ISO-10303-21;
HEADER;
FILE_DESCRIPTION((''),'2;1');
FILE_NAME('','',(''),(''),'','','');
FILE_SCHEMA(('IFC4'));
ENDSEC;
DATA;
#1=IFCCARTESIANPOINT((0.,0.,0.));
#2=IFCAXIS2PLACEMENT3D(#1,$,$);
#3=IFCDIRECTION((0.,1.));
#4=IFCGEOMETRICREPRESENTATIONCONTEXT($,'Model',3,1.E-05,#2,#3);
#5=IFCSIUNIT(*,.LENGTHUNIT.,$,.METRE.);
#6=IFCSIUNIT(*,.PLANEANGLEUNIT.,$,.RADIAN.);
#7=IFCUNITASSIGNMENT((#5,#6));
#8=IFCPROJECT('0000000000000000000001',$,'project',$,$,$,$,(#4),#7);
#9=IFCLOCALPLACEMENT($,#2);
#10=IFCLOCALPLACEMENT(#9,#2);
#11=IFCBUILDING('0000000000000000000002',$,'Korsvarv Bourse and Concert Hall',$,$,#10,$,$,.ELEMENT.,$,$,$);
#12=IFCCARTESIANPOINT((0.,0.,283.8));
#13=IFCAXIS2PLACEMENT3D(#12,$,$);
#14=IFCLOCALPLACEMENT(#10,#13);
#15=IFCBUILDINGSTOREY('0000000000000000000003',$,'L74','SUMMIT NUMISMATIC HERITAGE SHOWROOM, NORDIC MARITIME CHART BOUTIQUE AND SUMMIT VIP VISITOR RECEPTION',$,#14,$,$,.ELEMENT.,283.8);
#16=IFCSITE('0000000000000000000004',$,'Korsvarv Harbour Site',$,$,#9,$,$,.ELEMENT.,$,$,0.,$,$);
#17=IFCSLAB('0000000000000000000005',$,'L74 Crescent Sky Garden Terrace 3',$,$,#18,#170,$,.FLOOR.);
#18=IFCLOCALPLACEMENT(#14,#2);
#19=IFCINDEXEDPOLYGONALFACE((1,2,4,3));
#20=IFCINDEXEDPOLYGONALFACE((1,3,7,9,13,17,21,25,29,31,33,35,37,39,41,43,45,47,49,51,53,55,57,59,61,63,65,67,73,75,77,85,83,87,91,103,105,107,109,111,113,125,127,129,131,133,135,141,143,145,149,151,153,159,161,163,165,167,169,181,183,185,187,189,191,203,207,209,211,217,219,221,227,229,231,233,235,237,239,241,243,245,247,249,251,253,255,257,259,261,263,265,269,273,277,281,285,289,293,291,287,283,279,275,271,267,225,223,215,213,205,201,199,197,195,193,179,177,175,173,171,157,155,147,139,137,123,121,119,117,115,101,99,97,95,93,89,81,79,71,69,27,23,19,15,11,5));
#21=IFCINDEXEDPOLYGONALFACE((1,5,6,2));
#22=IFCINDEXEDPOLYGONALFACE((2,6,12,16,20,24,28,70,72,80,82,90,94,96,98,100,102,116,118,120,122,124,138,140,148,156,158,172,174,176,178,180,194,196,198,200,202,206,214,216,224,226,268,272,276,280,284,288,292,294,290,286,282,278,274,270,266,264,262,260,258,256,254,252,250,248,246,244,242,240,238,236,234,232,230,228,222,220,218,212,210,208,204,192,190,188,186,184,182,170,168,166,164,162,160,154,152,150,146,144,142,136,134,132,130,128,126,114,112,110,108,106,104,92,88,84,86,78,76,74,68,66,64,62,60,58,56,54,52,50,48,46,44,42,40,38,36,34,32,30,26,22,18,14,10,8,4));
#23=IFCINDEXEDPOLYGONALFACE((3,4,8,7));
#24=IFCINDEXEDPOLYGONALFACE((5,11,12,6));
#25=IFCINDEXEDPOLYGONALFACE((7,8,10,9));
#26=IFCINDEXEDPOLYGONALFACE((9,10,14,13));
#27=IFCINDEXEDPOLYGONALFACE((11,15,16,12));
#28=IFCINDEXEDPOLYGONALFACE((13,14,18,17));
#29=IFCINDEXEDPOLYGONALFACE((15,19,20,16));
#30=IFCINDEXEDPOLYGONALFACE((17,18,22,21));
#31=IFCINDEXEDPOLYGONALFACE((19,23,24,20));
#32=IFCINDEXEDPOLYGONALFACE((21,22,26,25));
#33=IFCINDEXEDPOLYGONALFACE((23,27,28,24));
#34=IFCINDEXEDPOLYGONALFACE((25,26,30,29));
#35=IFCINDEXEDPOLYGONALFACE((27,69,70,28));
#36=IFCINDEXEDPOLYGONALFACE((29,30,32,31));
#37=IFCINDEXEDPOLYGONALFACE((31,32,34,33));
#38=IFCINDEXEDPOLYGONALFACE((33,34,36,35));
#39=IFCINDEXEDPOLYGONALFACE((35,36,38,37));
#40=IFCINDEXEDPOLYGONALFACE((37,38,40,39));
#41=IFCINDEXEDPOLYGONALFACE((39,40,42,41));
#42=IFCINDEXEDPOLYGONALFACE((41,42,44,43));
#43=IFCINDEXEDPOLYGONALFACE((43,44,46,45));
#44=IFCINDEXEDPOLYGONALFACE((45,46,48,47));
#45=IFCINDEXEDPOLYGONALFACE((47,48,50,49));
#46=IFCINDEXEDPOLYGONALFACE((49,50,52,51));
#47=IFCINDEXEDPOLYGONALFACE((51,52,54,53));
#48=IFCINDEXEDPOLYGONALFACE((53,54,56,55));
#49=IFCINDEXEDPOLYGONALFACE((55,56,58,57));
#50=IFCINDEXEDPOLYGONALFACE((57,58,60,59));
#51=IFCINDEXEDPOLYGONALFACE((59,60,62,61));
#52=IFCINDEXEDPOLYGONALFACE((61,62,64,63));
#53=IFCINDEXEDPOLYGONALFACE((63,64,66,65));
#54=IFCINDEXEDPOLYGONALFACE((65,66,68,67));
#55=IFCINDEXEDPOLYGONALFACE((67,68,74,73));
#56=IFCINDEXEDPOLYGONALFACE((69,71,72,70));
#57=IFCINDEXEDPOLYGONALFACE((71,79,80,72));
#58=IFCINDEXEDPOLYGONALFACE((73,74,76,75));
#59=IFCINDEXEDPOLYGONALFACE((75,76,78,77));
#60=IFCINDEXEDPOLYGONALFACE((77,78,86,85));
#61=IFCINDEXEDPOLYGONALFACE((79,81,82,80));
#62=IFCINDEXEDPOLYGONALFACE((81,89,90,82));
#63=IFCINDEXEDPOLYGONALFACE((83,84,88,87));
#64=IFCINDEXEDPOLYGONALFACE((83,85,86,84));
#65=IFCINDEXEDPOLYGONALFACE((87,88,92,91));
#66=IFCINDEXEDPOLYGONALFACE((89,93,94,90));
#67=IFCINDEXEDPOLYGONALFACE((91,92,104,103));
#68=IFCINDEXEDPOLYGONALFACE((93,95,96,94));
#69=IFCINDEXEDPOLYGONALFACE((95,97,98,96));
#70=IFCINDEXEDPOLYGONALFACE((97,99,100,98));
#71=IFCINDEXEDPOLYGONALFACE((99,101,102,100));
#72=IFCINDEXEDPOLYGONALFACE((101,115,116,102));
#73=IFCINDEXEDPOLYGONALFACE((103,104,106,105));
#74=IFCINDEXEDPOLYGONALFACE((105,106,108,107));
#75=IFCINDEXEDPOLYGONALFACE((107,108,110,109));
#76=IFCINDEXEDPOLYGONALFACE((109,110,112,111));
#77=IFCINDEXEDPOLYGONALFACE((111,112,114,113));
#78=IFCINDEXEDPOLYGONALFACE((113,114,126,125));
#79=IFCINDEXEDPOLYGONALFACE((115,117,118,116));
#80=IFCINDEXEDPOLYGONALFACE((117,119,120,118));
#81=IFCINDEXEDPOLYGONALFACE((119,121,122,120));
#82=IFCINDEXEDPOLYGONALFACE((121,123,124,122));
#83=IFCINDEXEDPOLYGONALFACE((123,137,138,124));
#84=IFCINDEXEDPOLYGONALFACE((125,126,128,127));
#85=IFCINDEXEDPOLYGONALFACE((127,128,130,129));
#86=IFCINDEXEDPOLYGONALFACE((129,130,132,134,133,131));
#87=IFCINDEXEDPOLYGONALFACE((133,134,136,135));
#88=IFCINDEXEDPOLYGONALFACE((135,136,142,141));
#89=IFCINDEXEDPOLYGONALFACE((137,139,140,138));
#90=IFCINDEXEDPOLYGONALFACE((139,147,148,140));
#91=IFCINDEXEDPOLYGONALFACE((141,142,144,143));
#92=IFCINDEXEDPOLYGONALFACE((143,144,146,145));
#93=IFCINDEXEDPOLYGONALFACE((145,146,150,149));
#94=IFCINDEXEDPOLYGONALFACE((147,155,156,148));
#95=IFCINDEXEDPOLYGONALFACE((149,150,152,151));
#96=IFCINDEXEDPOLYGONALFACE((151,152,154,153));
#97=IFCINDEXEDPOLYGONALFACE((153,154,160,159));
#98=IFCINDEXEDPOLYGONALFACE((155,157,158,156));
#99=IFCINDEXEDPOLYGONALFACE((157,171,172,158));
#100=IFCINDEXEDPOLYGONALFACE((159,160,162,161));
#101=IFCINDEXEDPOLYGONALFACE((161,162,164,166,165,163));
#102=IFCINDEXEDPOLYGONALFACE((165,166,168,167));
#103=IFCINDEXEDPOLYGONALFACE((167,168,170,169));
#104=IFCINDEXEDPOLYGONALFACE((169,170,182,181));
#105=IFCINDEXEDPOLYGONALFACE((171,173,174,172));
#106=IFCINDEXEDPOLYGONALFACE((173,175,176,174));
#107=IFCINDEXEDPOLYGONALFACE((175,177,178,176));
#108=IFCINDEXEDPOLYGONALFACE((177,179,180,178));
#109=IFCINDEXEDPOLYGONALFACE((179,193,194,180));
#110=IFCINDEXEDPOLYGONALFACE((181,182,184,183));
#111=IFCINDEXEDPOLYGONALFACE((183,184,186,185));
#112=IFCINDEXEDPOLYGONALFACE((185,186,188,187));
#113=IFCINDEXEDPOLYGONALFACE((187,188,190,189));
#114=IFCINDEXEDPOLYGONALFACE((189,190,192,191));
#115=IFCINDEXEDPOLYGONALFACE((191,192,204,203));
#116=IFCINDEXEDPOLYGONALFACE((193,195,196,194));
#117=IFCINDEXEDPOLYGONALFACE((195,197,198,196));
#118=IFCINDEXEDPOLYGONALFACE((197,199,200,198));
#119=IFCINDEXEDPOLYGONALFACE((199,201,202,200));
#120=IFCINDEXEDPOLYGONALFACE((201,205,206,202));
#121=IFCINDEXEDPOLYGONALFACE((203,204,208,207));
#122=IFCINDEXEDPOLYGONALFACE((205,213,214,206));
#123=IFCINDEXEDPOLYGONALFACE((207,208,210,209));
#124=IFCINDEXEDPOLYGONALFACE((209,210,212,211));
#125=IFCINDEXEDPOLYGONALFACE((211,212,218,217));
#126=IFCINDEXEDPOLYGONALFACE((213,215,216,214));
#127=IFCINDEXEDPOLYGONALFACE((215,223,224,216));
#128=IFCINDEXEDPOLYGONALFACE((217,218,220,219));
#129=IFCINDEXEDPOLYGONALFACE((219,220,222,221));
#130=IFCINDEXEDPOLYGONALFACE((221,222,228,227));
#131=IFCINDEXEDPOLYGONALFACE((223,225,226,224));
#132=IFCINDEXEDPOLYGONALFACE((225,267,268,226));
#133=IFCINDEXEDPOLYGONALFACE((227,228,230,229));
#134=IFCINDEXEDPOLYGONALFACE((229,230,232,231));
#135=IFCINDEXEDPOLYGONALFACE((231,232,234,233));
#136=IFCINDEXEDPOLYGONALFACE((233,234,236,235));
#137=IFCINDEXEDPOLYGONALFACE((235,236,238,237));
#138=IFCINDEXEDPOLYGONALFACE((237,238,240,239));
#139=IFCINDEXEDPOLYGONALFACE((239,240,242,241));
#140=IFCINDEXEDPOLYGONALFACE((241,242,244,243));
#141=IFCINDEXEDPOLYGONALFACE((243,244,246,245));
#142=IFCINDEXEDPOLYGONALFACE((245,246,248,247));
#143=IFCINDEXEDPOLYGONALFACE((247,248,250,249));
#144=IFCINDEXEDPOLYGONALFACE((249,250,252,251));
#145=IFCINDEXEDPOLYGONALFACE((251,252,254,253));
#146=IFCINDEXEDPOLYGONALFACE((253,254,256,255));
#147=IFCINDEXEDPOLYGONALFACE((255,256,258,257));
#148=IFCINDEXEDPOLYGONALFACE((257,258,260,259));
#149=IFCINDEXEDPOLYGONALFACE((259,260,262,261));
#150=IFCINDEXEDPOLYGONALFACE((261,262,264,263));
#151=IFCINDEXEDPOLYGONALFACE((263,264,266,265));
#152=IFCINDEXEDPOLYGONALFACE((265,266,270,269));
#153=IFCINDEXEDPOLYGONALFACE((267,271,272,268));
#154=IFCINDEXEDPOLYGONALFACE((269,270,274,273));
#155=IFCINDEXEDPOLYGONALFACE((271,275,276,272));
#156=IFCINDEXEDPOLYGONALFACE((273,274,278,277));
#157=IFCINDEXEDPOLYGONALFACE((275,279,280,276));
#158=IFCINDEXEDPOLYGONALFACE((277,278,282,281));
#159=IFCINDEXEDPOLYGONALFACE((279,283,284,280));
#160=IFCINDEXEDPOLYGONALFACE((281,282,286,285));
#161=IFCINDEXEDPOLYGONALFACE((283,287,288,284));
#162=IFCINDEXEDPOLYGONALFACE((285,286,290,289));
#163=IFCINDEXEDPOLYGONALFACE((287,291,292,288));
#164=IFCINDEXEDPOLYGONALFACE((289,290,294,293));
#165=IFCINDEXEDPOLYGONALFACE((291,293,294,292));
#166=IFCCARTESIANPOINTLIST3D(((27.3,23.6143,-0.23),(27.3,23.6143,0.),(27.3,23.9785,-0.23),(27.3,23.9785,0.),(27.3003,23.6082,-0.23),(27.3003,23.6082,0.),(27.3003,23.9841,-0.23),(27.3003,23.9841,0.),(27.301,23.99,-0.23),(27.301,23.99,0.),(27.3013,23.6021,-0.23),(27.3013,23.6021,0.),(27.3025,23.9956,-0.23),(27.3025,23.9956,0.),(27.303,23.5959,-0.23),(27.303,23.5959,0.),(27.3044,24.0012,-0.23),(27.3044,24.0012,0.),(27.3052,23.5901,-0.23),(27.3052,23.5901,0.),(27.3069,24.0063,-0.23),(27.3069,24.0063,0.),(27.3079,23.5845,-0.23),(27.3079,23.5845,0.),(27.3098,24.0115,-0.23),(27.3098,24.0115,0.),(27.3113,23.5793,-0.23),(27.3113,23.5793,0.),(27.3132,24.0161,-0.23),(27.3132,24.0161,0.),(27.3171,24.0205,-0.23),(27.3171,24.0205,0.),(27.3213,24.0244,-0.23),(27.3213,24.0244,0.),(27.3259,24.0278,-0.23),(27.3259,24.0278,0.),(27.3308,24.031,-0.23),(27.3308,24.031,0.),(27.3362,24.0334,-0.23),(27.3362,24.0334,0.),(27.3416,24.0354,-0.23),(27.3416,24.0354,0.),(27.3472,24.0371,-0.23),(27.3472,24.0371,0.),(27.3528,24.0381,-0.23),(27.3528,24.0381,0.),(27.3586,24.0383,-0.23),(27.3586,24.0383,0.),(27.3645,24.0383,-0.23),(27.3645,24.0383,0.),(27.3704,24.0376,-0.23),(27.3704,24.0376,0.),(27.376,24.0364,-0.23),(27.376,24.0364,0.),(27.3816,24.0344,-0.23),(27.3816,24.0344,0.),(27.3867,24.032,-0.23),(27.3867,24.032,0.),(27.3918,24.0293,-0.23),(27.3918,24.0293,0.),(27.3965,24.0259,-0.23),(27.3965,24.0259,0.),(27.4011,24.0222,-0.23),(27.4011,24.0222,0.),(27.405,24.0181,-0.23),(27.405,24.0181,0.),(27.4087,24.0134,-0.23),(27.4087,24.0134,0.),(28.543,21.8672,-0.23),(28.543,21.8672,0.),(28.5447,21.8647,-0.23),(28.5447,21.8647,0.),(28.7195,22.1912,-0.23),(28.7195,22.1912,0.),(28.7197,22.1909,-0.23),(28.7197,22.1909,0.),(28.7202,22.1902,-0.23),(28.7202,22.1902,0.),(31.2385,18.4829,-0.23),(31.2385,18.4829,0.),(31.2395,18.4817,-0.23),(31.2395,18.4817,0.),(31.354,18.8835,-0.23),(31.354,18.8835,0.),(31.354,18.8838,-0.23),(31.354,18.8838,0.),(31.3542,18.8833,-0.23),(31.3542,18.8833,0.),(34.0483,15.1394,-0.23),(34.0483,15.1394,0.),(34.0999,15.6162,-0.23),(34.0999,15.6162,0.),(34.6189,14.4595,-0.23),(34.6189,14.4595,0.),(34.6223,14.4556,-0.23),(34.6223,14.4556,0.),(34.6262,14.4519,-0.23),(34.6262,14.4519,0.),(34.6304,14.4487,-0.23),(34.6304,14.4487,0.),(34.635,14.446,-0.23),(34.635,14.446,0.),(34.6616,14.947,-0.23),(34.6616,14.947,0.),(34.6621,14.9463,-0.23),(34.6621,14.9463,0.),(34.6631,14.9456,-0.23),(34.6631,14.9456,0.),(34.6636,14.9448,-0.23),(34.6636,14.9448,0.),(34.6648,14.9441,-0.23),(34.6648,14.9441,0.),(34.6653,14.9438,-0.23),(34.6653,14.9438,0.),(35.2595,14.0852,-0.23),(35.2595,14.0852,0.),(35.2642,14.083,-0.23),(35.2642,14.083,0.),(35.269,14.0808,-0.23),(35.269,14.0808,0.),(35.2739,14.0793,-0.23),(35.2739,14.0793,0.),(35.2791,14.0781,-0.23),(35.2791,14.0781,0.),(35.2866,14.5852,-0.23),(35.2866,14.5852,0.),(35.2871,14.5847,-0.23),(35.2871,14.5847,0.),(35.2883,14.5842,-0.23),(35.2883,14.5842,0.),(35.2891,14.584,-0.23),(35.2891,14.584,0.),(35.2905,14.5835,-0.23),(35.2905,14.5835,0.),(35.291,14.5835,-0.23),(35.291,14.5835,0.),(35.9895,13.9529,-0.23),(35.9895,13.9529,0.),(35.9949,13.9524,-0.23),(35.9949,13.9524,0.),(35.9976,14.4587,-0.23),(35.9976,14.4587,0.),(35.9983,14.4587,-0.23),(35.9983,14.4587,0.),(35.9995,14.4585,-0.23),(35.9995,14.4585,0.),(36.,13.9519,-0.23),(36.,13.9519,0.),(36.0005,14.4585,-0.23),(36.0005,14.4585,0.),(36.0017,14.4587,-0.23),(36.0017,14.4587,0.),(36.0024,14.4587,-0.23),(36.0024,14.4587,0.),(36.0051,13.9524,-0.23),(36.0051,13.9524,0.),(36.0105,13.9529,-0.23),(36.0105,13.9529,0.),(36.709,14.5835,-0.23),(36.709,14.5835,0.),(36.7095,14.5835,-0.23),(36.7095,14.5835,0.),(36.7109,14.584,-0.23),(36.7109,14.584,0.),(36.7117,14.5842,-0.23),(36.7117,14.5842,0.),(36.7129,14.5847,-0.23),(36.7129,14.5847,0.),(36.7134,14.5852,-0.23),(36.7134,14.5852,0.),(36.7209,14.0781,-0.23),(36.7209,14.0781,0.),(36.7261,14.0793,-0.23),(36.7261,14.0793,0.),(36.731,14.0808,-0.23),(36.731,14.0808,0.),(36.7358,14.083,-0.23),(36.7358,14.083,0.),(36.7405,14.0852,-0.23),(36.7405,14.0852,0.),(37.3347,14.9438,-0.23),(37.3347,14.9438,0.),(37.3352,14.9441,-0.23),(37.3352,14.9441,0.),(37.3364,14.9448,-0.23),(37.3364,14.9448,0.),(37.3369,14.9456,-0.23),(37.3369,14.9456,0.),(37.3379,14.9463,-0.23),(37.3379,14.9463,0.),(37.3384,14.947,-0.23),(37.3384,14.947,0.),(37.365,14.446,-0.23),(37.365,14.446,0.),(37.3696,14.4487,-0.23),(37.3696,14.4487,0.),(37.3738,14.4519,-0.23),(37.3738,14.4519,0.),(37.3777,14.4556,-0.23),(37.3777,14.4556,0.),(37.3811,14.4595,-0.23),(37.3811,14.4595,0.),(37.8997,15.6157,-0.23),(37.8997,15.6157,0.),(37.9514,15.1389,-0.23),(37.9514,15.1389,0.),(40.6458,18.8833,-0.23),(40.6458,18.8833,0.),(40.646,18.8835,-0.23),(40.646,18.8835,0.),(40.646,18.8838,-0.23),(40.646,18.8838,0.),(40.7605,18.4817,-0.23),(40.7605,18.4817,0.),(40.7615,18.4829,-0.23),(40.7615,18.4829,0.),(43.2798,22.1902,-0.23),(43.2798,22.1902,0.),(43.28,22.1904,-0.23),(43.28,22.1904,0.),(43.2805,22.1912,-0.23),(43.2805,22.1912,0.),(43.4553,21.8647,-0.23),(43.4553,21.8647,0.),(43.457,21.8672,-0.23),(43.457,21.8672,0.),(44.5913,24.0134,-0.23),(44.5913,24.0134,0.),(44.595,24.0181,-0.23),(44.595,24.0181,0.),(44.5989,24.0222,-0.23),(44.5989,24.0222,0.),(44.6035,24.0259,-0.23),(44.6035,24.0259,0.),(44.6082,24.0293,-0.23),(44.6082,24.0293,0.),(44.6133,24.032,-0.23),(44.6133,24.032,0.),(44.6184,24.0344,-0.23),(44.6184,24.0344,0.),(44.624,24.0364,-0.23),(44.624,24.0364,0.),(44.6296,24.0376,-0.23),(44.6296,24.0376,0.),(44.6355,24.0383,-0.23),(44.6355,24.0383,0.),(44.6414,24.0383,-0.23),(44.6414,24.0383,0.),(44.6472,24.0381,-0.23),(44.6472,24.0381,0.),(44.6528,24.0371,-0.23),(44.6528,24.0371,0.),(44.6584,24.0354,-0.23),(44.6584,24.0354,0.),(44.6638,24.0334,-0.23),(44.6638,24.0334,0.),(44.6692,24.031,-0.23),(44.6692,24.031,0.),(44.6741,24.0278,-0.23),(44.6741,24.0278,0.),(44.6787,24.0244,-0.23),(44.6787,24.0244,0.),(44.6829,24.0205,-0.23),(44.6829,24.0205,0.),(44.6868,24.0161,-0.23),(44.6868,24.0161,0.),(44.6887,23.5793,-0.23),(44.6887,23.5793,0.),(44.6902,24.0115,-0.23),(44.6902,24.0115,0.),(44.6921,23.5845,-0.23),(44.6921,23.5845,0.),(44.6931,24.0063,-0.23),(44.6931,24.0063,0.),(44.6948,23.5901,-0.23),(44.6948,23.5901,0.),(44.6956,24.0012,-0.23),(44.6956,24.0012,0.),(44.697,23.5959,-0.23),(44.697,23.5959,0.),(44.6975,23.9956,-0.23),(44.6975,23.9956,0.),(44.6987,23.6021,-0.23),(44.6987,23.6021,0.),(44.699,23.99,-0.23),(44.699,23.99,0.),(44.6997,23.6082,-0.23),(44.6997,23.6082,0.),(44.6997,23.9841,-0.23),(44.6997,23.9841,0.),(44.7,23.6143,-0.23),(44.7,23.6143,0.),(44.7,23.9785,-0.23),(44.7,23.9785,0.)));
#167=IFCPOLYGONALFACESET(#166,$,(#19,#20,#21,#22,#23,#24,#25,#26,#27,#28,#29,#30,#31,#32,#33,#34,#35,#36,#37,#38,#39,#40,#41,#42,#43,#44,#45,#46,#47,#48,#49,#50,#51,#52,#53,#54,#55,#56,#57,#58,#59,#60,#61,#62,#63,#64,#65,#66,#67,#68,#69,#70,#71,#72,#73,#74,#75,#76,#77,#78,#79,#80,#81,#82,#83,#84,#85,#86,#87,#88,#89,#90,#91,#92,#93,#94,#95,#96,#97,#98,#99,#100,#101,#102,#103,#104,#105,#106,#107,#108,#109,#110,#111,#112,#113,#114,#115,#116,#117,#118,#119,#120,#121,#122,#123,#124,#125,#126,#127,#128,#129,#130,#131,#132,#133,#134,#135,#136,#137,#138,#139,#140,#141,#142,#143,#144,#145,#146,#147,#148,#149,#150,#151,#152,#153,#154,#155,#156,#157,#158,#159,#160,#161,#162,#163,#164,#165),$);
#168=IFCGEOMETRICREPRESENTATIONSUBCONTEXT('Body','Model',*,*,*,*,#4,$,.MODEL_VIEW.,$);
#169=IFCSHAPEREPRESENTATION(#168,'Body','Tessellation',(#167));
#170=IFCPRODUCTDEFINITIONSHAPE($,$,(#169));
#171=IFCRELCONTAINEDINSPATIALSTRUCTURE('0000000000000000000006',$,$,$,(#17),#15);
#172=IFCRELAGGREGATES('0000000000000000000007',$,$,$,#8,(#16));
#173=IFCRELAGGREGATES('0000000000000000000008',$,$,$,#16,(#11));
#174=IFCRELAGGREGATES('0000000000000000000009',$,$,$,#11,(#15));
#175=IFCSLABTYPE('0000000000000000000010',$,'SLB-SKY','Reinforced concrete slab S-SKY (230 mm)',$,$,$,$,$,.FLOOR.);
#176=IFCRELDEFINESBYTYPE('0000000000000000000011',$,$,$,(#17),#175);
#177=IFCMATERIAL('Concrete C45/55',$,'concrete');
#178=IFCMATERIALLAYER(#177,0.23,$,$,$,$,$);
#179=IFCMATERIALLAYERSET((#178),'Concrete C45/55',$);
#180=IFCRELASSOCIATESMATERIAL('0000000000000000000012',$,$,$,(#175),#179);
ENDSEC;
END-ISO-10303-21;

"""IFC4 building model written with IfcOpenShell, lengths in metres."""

from ifc_helpers import new_model, si_unit, direction, frame, origin, place, context, subcontext, project, spatial, polyline, outline, extrude, material, layer, layer_set, type_object, element, save


model = new_model("IFC4")

# Units and contexts
model_context = context("Model", 3, precision=1e-05, world=origin(), true_north=direction((0.0, 1.0)))
body_context = subcontext(model_context, "Body", "Model", "MODEL_VIEW")
ifc_project = project(units=[si_unit("LENGTHUNIT", "METRE"), si_unit("PLANEANGLEUNIT", "RADIAN")], contexts=[model_context])

# Site, building, storey
site_placement = place(None, origin())
site = spatial("IfcSite", under=ifc_project, at=site_placement, Name="Korsvarv Harbour Site", CompositionType="ELEMENT", RefElevation=0.0)
building_placement = place(site_placement, origin())
building = spatial("IfcBuilding", under=site, at=building_placement, Name="Korsvarv Bourse and Concert Hall", CompositionType="ELEMENT")
storey_placement = place(building_placement, frame((0.0, 0.0, 283.8)))
storey = spatial("IfcBuildingStorey", under=building, at=storey_placement, Name="L74", Description="SUMMIT NUMISMATIC HERITAGE SHOWROOM, NORDIC MARITIME CHART BOUTIQUE AND SUMMIT VIP VISITOR RECEPTION", CompositionType="ELEMENT", Elevation=283.8)

# Slab
ifc_material_1 = material(Name="Concrete C45/55", Category="concrete")
ifc_layer_1 = layer(ifc_material_1, 0.23)
ifc_layer_set_1 = layer_set([ifc_layer_1], Name="Concrete C45/55")
slab_type_1 = type_object("IfcSlabType", Name="SLB-SKY", Description="Reinforced concrete slab S-SKY (230 mm)", PredefinedType="FLOOR", material=ifc_layer_set_1)
slab_1_placement = place(storey_placement, frame((0.0, 0.0, -0.23)))
element("IfcSlab", 1, at=slab_1_placement, inside=storey, type_object=slab_type_1, Name="L74 Crescent Sky Garden Terrace 3", PredefinedType="FLOOR", context=body_context, shape_type="SweptSolid", body=[
    extrude(outline(polyline([(34.6636, 14.9448), (34.6648, 14.9441), (34.6653, 14.9438), (35.2866, 14.5852), (35.2871, 14.5847), (35.2883, 14.5842), (35.2891, 14.584), (35.2905, 14.5835), (35.291, 14.5835), (35.9976, 14.4587), (35.9983, 14.4587), (35.9995, 14.4585), (36.0005, 14.4585), (36.0017, 14.4587), (36.0024, 14.4587), (36.709, 14.5835), (36.7095, 14.5835), (36.7109, 14.584), (36.7117, 14.5842), (36.7129, 14.5847), (36.7134, 14.5852), (37.3347, 14.9438), (37.3352, 14.9441), (37.3364, 14.9448), (37.3369, 14.9456), (37.3379, 14.9463), (37.3384, 14.947), (37.8997, 15.6157), (40.6458, 18.8833), (40.646, 18.8835), (40.646, 18.8838), (43.2798, 22.1902), (43.28, 22.1904), (43.2805, 22.1912), (44.5913, 24.0134), (44.595, 24.0181), (44.5989, 24.0222), (44.6035, 24.0259), (44.6082, 24.0293), (44.6133, 24.032), (44.6184, 24.0344), (44.624, 24.0364), (44.6296, 24.0376), (44.6355, 24.0383), (44.6414, 24.0383), (44.6472, 24.0381), (44.6528, 24.0371), (44.6584, 24.0354), (44.6638, 24.0334), (44.6692, 24.031), (44.6741, 24.0278), (44.6787, 24.0244), (44.6829, 24.0205), (44.6868, 24.0161), (44.6902, 24.0115), (44.6931, 24.0063), (44.6956, 24.0012), (44.6975, 23.9956), (44.699, 23.99), (44.6997, 23.9841), (44.7, 23.9785), (44.7, 23.6143), (44.6997, 23.6082), (44.6987, 23.6021), (44.697, 23.5959), (44.6948, 23.5901), (44.6921, 23.5845), (44.6887, 23.5793), (43.457, 21.8672), (43.4553, 21.8647), (40.7615, 18.4829), (40.7605, 18.4817), (37.9514, 15.1389), (37.3811, 14.4595), (37.3777, 14.4556), (37.3738, 14.4519), (37.3696, 14.4487), (37.365, 14.446), (36.7405, 14.0852), (36.7358, 14.083), (36.731, 14.0808), (36.7261, 14.0793), (36.7209, 14.0781), (36.0105, 13.9529), (36.0051, 13.9524), (36.0, 13.9519), (35.9949, 13.9524), (35.9895, 13.9529), (35.2791, 14.0781), (35.2739, 14.0793), (35.269, 14.0808), (35.2642, 14.083), (35.2595, 14.0852), (34.635, 14.446), (34.6304, 14.4487), (34.6262, 14.4519), (34.6223, 14.4556), (34.6189, 14.4595), (34.0483, 15.1394), (31.2395, 18.4817), (31.2385, 18.4829), (28.5447, 21.8647), (28.543, 21.8672), (27.3113, 23.5793), (27.3079, 23.5845), (27.3052, 23.5901), (27.303, 23.5959), (27.3013, 23.6021), (27.3003, 23.6082), (27.3, 23.6143), (27.3, 23.9785), (27.3003, 23.9841), (27.301, 23.99), (27.3025, 23.9956), (27.3044, 24.0012), (27.3069, 24.0063), (27.3098, 24.0115), (27.3132, 24.0161), (27.3171, 24.0205), (27.3213, 24.0244), (27.3259, 24.0278), (27.3308, 24.031), (27.3362, 24.0334), (27.3416, 24.0354), (27.3472, 24.0371), (27.3528, 24.0381), (27.3586, 24.0383), (27.3645, 24.0383), (27.3704, 24.0376), (27.376, 24.0364), (27.3816, 24.0344), (27.3867, 24.032), (27.3918, 24.0293), (27.3965, 24.0259), (27.4011, 24.0222), (27.405, 24.0181), (27.4087, 24.0134), (28.7195, 22.1912), (28.7197, 22.1909), (28.7202, 22.1902), (31.354, 18.8838), (31.354, 18.8835), (31.3542, 18.8833), (34.0999, 15.6162), (34.6616, 14.947), (34.6621, 14.9463), (34.6631, 14.9456), (34.6636, 14.9448)])), origin(), (0.0, 0.0, 1.0), 0.23),
])

save(model, "model.ifc")
